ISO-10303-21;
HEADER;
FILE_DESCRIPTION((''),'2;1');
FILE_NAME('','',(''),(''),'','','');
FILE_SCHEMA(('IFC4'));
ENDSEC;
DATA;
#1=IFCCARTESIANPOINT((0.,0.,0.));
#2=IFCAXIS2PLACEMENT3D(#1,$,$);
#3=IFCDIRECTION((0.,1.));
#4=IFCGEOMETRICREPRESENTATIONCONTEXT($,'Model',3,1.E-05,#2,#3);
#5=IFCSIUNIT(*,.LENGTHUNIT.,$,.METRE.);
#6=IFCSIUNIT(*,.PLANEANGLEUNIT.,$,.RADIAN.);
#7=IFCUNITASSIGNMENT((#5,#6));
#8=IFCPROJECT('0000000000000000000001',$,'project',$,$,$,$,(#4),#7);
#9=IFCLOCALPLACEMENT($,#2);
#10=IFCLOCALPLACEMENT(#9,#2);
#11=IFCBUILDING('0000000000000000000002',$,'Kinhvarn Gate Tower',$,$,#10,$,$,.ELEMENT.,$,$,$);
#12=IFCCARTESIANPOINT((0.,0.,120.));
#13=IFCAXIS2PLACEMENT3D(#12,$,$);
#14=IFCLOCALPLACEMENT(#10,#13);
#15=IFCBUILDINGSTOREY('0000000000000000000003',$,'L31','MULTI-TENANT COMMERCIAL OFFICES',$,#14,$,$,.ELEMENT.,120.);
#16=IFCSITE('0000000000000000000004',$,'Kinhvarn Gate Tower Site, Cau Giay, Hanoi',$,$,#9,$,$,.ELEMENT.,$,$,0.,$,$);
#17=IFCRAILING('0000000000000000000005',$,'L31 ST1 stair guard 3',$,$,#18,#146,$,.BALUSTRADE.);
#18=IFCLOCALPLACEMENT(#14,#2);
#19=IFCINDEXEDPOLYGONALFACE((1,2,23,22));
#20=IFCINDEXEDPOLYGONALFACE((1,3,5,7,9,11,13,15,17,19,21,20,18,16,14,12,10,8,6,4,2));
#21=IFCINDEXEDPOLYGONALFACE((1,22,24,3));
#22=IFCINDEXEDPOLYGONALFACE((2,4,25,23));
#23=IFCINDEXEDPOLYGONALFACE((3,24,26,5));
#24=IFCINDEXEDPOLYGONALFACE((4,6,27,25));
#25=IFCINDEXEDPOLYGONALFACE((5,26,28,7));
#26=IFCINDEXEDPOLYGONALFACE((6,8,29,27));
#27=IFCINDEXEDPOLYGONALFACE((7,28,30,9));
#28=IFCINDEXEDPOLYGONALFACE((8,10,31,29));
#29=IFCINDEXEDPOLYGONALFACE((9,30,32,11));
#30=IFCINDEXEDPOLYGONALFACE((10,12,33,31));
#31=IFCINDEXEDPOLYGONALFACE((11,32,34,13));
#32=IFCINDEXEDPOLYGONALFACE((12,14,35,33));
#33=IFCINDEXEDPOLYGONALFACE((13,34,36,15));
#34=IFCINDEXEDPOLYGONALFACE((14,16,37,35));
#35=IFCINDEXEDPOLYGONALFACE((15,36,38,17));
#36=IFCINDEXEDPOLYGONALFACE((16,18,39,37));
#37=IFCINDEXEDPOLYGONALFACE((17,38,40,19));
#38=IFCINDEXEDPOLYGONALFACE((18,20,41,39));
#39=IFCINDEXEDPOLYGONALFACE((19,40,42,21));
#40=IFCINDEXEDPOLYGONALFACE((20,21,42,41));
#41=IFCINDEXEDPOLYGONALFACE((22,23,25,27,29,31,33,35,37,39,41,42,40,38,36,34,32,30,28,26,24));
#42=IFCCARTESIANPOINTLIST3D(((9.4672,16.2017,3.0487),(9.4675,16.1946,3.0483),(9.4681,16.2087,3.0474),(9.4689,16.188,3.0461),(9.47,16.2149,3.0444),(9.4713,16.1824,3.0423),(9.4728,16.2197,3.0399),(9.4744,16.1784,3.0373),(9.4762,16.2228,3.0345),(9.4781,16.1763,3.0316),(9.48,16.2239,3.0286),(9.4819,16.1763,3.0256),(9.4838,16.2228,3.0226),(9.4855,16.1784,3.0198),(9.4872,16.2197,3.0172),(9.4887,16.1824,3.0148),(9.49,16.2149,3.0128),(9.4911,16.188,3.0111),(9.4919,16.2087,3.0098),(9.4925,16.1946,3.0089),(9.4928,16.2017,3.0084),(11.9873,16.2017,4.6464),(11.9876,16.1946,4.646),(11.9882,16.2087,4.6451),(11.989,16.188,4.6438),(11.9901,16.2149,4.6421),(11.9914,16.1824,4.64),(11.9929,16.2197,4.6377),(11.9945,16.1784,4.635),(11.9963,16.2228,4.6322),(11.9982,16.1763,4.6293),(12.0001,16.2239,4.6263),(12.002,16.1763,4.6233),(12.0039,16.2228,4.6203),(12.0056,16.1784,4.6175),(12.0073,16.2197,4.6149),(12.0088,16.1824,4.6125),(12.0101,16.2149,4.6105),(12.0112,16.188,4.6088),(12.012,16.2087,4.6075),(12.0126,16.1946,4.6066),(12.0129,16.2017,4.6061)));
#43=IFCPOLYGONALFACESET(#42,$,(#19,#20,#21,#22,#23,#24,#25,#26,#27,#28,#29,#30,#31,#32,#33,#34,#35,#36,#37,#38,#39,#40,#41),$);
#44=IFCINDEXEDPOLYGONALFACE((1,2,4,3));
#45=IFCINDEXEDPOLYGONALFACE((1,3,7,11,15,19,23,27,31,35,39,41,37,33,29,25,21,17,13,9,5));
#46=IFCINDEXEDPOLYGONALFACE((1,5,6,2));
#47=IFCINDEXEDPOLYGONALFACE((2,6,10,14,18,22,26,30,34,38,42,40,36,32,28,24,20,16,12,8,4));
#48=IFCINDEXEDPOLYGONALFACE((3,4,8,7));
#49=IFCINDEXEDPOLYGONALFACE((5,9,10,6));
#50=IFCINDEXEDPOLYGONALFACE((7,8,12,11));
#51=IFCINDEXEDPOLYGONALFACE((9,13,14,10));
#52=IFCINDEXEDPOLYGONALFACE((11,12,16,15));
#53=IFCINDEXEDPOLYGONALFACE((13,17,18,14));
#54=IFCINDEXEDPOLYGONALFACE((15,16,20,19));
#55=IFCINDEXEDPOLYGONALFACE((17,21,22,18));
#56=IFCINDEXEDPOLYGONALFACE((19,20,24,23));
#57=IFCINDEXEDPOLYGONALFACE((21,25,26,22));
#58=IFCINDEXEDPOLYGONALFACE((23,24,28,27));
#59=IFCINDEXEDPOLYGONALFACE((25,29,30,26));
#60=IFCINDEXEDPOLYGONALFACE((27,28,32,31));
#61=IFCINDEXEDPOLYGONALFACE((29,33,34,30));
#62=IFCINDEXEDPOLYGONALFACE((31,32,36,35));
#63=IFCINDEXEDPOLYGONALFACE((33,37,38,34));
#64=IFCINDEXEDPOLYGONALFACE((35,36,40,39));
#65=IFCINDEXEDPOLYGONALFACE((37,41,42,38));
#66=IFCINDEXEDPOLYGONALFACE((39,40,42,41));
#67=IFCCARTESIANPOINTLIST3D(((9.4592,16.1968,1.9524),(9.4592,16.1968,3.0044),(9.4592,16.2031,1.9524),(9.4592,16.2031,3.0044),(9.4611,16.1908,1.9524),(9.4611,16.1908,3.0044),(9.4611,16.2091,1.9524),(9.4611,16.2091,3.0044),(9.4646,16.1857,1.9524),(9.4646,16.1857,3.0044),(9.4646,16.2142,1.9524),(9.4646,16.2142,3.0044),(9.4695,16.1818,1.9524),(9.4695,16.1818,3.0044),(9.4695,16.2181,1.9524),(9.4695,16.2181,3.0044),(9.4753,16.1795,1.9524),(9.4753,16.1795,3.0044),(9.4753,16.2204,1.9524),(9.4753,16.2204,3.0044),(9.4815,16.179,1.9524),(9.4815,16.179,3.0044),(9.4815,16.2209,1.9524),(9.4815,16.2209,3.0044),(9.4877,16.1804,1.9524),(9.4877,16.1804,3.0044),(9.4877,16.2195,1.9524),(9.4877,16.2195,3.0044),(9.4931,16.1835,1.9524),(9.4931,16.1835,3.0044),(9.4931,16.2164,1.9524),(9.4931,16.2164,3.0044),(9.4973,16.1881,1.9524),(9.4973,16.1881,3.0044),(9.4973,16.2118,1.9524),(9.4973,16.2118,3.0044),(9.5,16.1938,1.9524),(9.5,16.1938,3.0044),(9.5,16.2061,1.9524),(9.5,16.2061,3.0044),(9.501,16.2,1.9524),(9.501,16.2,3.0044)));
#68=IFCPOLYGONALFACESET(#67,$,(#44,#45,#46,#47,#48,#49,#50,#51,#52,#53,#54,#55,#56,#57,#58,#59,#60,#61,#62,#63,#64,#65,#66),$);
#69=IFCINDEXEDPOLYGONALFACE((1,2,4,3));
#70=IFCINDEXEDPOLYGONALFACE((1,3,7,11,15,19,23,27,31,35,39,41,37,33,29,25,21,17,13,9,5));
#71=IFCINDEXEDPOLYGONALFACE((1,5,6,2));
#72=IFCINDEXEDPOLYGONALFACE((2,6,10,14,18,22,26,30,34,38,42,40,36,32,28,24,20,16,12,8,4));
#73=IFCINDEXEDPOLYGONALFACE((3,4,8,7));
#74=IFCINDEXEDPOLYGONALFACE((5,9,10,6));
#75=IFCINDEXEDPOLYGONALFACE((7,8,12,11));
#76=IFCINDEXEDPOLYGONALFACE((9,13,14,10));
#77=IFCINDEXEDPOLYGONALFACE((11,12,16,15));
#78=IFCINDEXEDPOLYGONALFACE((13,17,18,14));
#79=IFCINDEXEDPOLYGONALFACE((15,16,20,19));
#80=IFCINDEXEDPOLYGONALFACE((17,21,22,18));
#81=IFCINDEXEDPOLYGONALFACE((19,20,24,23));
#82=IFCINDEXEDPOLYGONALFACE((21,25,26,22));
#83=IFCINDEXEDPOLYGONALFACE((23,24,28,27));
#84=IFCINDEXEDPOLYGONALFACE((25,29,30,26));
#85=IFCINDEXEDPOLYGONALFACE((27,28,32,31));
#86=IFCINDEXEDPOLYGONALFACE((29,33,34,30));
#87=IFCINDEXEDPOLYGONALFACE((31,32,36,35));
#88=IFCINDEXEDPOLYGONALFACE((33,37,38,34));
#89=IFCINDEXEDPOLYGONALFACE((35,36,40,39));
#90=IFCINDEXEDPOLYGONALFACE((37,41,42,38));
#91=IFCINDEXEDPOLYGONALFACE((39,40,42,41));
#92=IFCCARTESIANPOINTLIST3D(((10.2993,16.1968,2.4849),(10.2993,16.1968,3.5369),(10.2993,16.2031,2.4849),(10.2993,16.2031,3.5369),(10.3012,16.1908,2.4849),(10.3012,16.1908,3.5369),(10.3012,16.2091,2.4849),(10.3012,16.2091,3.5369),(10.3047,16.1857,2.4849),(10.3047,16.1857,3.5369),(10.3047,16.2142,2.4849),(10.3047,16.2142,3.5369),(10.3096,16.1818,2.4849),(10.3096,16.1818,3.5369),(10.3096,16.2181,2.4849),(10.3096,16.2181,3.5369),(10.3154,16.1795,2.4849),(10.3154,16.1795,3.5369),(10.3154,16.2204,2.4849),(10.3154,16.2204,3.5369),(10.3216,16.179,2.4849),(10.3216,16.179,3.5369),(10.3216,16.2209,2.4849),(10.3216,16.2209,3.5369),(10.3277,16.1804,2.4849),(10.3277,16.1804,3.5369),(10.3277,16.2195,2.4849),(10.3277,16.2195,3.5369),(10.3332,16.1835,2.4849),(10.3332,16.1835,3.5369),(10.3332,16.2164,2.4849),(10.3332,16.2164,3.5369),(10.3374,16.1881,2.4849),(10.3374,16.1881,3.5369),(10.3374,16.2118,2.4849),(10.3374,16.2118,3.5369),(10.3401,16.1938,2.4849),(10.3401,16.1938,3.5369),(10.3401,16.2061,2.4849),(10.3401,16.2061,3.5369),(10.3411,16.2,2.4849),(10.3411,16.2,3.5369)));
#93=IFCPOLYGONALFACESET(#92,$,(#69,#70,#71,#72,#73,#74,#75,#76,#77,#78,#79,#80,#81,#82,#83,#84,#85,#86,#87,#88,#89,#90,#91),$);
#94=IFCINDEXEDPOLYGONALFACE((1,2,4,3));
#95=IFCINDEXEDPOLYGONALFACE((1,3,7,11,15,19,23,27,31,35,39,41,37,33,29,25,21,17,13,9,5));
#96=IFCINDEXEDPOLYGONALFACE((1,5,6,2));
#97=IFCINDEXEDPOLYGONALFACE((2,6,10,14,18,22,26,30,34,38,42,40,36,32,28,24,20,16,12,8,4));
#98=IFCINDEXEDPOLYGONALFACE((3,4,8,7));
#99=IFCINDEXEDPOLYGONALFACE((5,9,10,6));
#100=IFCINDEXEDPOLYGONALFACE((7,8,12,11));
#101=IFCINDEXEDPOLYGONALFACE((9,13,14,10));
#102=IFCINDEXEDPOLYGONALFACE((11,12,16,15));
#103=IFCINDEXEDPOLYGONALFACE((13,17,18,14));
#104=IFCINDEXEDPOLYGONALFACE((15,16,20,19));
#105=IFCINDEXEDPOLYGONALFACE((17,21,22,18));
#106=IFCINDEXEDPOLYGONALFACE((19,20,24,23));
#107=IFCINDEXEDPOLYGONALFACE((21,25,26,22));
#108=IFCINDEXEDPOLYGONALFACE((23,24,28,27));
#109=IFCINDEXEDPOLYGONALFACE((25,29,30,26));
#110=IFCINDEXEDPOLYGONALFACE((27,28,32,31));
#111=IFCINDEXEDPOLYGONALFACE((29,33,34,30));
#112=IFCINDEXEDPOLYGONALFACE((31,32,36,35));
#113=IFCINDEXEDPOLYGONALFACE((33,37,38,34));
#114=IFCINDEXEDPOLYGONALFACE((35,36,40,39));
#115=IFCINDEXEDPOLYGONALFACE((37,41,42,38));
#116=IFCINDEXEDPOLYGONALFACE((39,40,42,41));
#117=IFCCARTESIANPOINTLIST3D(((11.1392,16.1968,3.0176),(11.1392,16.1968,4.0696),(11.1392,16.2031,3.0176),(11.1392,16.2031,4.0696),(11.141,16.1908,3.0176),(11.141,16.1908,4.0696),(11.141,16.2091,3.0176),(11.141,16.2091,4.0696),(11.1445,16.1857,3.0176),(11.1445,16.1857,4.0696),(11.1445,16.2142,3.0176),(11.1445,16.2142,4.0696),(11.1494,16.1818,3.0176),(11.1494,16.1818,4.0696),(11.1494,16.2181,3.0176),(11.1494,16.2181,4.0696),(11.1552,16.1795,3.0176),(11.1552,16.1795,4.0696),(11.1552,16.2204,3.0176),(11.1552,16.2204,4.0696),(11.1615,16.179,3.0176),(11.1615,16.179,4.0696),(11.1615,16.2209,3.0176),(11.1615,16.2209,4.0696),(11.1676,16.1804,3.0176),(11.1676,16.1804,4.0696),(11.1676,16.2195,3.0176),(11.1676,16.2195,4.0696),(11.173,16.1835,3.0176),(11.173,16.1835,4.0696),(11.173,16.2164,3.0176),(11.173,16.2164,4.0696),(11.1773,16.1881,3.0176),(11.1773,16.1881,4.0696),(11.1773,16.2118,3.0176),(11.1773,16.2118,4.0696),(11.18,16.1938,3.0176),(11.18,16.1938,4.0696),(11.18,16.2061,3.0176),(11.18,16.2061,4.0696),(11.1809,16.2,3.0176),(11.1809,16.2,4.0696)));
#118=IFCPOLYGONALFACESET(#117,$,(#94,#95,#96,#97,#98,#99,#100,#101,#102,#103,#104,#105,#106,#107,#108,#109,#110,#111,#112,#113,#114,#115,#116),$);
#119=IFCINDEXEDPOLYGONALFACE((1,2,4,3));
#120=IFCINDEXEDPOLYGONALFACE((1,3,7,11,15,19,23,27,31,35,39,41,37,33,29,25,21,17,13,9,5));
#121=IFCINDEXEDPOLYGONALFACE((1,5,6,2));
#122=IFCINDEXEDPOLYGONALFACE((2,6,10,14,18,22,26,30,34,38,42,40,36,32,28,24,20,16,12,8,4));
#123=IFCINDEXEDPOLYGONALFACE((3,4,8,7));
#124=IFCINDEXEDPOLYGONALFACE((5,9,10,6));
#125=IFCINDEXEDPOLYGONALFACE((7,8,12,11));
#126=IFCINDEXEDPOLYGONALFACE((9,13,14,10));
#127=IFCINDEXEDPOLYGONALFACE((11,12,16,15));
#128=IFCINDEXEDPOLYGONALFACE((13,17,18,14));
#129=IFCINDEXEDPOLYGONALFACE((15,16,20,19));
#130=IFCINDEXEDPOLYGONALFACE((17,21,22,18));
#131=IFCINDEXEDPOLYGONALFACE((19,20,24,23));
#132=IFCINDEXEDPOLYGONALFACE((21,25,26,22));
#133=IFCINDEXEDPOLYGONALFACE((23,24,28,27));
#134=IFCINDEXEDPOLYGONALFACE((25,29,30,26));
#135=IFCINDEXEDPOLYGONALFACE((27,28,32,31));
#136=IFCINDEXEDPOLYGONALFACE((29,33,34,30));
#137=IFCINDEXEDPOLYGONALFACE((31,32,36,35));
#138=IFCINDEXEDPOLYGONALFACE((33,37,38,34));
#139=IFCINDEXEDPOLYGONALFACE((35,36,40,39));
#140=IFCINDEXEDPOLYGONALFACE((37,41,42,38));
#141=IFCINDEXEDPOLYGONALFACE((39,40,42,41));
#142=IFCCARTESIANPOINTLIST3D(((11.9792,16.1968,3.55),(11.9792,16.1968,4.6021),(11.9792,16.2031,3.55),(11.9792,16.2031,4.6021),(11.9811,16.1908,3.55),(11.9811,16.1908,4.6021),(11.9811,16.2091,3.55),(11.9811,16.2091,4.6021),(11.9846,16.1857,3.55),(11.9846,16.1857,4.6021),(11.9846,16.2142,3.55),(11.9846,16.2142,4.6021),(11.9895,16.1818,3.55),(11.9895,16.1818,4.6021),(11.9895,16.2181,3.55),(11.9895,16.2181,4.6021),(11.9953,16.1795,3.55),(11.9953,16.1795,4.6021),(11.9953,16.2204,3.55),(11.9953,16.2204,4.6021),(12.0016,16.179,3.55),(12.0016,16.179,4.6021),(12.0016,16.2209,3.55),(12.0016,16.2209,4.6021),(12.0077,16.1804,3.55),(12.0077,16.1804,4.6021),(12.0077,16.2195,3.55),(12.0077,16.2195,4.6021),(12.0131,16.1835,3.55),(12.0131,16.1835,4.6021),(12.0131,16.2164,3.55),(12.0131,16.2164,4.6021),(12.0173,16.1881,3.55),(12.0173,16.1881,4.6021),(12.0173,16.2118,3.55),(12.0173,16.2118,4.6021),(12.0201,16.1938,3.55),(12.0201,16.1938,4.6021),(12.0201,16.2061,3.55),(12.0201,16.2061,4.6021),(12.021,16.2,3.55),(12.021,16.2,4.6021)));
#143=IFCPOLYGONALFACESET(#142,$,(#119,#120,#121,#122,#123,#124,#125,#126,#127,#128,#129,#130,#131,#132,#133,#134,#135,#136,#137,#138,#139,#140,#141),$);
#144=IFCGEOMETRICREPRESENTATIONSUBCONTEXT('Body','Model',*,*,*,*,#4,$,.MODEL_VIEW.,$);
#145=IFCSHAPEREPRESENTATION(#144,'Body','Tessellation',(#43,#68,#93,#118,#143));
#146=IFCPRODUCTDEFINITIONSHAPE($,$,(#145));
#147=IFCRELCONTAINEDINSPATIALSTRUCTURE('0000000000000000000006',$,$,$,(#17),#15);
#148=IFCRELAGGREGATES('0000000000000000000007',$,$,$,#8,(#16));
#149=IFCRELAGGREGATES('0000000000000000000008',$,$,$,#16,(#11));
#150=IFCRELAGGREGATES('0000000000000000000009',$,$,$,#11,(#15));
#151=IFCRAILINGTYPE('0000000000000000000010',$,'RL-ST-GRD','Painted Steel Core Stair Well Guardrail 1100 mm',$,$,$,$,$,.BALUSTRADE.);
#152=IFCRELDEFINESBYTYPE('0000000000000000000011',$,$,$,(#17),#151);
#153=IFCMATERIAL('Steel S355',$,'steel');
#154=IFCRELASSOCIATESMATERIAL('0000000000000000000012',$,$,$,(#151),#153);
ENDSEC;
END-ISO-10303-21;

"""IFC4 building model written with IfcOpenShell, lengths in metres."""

from ifc_helpers import new_model, si_unit, direction, frame, origin, origin_2d, place, context, subcontext, project, spatial, circle, extrude, material, type_object, element, save


model = new_model("IFC4")

# Units and contexts
model_context = context("Model", 3, precision=1e-05, world=origin(), true_north=direction((0.0, 1.0)))
body_context = subcontext(model_context, "Body", "Model", "MODEL_VIEW")
ifc_project = project(units=[si_unit("LENGTHUNIT", "METRE"), si_unit("PLANEANGLEUNIT", "RADIAN")], contexts=[model_context])

# Site, building, storey
site_placement = place(None, origin())
site = spatial("IfcSite", under=ifc_project, at=site_placement, Name="Kinhvarn Gate Tower Site, Cau Giay, Hanoi", CompositionType="ELEMENT", RefElevation=0.0)
building_placement = place(site_placement, origin())
building = spatial("IfcBuilding", under=site, at=building_placement, Name="Kinhvarn Gate Tower", CompositionType="ELEMENT")
storey_placement = place(building_placement, frame((0.0, 0.0, 120.0)))
storey = spatial("IfcBuildingStorey", under=building, at=storey_placement, Name="L31", Description="MULTI-TENANT COMMERCIAL OFFICES", CompositionType="ELEMENT", Elevation=120.0)

# Shared definitions
ifc_material_1 = material(Name="Steel S355", Category="steel")

# Railing
railing_type_1 = type_object("IfcRailingType", Name="RL-ST-GRD", Description="Painted Steel Core Stair Well Guardrail 1100 mm", PredefinedType="BALUSTRADE", material=ifc_material_1)
railing_1_placement = place(storey_placement, frame((9.48, 16.2, 1.9524)))
element("IfcRailing", 1, at=railing_1_placement, inside=storey, type_object=railing_type_1, Name="L31 ST1 stair guard 3", PredefinedType="BALUSTRADE", context=body_context, shape_type="SweptSolid", body=[
    extrude(circle(Radius=0.0239, at=origin_2d()), frame((0.0, 0.0, 1.0762), z_axis=(0.84457, 0.0, 0.535445), x_axis=(0.0, 1.0, 0.0)), (0.0, 0.0, 1.0), 2.9839),
    extrude(circle(Radius=0.021, at=origin_2d()), origin(), (0.0, 0.0, 1.0), 1.052),
    extrude(circle(Radius=0.021, at=origin_2d()), frame((0.8401, 0.0, 0.5325)), (0.0, 0.0, 1.0), 1.052),
    extrude(circle(Radius=0.021, at=origin_2d()), frame((1.6799, 0.0, 1.0652)), (0.0, 0.0, 1.0), 1.052),
    extrude(circle(Radius=0.021, at=origin_2d()), frame((2.52, 0.0, 1.5977)), (0.0, 0.0, 1.0), 1.052),
])

save(model, "model.ifc")
